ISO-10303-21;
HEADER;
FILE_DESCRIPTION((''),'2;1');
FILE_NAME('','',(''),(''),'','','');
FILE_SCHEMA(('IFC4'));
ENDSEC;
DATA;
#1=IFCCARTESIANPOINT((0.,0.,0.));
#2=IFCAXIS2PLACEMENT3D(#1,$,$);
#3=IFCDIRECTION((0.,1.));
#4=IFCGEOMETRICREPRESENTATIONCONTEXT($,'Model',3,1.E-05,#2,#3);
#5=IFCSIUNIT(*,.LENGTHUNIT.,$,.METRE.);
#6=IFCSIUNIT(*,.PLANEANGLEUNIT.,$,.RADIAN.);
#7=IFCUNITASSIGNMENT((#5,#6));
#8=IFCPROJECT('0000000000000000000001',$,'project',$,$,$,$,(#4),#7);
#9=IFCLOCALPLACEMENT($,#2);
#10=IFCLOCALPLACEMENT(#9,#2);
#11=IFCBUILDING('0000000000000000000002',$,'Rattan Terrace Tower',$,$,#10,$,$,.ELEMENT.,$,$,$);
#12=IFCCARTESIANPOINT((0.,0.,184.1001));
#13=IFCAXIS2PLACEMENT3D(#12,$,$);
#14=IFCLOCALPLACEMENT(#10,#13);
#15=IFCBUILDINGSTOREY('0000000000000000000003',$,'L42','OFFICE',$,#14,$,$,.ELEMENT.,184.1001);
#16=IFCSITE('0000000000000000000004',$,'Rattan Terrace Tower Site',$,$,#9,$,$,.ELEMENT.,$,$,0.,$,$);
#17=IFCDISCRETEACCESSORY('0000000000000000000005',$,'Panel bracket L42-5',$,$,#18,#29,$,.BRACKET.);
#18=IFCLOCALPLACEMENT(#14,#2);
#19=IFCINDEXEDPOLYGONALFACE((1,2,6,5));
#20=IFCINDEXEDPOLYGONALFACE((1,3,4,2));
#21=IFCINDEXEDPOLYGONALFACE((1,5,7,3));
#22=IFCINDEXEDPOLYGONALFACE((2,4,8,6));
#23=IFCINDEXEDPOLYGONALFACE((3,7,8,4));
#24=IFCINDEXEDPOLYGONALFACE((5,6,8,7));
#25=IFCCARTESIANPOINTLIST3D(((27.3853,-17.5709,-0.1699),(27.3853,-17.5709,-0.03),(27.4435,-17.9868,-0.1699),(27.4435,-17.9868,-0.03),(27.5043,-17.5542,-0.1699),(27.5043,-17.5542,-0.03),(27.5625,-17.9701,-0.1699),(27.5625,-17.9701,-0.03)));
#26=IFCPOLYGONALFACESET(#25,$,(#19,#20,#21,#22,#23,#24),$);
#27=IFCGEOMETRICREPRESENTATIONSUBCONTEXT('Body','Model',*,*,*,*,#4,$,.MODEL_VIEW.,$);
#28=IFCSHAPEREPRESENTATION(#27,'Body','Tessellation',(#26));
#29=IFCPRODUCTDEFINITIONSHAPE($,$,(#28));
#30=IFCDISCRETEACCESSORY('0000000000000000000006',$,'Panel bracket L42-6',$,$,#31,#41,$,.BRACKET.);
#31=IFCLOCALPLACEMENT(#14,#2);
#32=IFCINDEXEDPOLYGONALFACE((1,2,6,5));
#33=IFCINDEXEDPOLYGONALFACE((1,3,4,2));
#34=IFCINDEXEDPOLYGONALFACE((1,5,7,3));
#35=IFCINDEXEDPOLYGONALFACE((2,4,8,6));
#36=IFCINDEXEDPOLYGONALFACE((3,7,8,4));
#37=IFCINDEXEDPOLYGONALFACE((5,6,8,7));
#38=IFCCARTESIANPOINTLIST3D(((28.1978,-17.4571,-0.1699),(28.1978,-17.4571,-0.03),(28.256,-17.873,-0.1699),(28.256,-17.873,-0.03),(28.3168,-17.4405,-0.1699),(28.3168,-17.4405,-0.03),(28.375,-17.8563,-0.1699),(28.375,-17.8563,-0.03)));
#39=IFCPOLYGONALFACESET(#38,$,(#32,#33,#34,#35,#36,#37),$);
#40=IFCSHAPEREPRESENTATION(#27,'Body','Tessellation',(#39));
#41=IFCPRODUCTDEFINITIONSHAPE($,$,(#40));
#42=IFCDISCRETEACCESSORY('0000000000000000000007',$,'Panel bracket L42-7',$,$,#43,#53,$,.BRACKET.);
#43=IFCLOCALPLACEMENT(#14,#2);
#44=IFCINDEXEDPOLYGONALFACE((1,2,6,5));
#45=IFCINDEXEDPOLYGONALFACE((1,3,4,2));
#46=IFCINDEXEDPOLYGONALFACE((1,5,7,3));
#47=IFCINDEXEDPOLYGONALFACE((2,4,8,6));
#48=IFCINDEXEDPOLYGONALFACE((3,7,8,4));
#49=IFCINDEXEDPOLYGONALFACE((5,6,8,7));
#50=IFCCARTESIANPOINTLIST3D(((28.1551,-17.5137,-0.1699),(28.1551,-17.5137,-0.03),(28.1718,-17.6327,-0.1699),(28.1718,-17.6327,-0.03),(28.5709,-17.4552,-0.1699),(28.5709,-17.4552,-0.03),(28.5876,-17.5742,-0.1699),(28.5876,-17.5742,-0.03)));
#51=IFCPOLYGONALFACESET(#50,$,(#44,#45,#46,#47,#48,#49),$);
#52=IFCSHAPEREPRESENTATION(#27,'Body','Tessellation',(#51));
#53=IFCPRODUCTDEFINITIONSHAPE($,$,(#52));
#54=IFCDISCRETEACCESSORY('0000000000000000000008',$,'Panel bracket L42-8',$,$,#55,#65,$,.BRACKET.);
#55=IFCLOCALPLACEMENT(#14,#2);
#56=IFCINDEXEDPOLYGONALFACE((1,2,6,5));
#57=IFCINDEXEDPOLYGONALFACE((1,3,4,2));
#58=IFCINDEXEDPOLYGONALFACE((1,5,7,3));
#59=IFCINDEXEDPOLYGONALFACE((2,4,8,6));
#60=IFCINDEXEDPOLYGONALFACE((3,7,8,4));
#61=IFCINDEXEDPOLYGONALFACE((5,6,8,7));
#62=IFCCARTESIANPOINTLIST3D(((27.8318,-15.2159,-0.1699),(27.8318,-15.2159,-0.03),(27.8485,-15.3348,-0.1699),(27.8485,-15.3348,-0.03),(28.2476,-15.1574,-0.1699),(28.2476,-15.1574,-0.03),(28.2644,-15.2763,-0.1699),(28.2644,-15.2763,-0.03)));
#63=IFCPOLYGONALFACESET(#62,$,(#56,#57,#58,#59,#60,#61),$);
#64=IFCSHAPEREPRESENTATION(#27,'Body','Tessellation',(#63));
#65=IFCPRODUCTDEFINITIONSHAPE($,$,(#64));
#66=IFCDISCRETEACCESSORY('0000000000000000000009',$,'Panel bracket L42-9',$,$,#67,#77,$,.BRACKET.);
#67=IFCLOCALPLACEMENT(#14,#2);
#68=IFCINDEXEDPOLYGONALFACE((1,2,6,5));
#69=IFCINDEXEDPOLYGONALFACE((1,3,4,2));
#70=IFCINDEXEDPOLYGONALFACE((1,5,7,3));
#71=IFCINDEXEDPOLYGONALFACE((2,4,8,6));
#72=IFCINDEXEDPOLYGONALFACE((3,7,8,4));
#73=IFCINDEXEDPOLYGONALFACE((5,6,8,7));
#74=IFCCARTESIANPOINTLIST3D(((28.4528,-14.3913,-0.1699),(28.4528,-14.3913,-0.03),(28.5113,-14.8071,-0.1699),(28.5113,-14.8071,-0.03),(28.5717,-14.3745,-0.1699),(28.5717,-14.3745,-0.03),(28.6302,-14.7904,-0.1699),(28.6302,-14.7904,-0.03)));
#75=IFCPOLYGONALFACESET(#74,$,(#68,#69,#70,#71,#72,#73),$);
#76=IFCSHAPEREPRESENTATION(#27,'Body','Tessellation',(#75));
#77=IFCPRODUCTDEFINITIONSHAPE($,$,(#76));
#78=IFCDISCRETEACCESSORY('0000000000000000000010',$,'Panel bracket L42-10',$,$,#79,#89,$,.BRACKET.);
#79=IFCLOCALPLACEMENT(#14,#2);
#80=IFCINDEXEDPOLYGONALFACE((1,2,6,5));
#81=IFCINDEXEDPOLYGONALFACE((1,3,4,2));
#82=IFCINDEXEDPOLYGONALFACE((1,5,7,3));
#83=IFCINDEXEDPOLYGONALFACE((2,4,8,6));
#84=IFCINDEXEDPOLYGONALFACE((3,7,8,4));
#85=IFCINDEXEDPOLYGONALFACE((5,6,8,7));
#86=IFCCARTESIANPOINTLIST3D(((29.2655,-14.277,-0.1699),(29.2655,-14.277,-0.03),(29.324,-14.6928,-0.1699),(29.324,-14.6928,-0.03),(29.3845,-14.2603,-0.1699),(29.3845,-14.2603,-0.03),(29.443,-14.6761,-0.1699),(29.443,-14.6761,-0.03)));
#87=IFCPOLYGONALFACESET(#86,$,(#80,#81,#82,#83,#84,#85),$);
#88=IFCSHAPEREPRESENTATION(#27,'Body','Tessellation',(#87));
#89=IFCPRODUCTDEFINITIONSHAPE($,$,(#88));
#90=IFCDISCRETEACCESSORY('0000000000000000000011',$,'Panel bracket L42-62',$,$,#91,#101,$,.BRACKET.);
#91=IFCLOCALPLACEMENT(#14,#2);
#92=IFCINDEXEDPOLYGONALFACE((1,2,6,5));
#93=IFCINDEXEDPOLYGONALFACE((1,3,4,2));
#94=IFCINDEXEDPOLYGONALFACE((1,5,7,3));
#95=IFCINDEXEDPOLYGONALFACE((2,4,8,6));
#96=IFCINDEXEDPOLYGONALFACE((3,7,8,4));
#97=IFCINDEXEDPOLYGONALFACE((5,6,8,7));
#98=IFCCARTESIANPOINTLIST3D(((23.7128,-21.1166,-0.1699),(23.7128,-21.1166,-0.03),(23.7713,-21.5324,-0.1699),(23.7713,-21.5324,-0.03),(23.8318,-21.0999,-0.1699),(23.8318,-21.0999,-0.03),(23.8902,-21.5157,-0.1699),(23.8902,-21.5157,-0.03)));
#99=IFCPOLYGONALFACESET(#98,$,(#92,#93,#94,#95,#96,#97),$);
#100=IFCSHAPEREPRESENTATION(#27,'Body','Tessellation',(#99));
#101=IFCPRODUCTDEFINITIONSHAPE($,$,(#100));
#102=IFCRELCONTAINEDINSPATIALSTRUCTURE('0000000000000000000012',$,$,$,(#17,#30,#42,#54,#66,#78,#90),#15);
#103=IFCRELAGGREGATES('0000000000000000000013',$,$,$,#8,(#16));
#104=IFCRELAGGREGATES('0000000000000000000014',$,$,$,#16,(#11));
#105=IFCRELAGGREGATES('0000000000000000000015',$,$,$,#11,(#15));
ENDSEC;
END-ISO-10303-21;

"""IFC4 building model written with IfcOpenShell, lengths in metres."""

from ifc_helpers import new_model, si_unit, direction, frame, origin, origin_2d, place, context, subcontext, project, spatial, rectangle, extrude, element, save


model = new_model("IFC4")

# Units and contexts
model_context = context("Model", 3, precision=1e-05, world=origin(), true_north=direction((0.0, 1.0)))
body_context = subcontext(model_context, "Body", "Model", "MODEL_VIEW")
ifc_project = project(units=[si_unit("LENGTHUNIT", "METRE"), si_unit("PLANEANGLEUNIT", "RADIAN")], contexts=[model_context])

# Site, building, storey
site_placement = place(None, origin())
site = spatial("IfcSite", under=ifc_project, at=site_placement, Name="Rattan Terrace Tower Site", CompositionType="ELEMENT", RefElevation=0.0)
building_placement = place(site_placement, origin())
building = spatial("IfcBuilding", under=site, at=building_placement, Name="Rattan Terrace Tower", CompositionType="ELEMENT")
storey_placement = place(building_placement, frame((0.0, 0.0, 184.1001)))
storey = spatial("IfcBuildingStorey", under=building, at=storey_placement, Name="L42", Description="OFFICE", CompositionType="ELEMENT", Elevation=184.1001)

# Discrete accessories
for number, where, z_axis, x_axis, name in (
    (1, (27.4739, -17.7705, -0.1699), (0.0, 0.0, 1.0), (0.990345, 0.138622, 0.0), "Panel bracket L42-5"),
    (2, (28.2864, -17.6567, -0.1699), (0.0, 0.0, 1.0), (0.990345, 0.138622, 0.0), "Panel bracket L42-6"),
    (3, (28.3713, -17.5439, -0.1699), (0.0, 0.0, 1.0), (-0.139321, 0.990247, 0.0), "Panel bracket L42-7"),
    (4, (28.0481, -15.2461, -0.1699), (0.0, 0.0, 1.0), (-0.139321, 0.990247, 0.0), "Panel bracket L42-8"),
    (5, (28.5415, -14.5908, -0.1699), (0.0, 0.0, 1.0), (0.990254, 0.139275, 0.0), "Panel bracket L42-9"),
    (6, (29.3542, -14.4766, -0.1699), (0.0, 0.0, 1.0), (0.990254, 0.139275, 0.0), "Panel bracket L42-10"),
    (7, (23.8015, -21.3162, -0.1699), (0.0, 0.0, 1.0), (0.99027, 0.139161, 0.0), "Panel bracket L42-62"),
):
    element("IfcDiscreteAccessory", number, at=place(storey_placement, frame(where, z_axis=z_axis, x_axis=x_axis)), inside=storey, Name=name, PredefinedType="BRACKET", context=body_context, shape_type="SweptSolid", body=[
        extrude(rectangle(XDim=0.1201, YDim=0.4199, at=origin_2d()), origin(), (0.0, 0.0, 1.0), 0.1399),
    ])

save(model, "model.ifc")
